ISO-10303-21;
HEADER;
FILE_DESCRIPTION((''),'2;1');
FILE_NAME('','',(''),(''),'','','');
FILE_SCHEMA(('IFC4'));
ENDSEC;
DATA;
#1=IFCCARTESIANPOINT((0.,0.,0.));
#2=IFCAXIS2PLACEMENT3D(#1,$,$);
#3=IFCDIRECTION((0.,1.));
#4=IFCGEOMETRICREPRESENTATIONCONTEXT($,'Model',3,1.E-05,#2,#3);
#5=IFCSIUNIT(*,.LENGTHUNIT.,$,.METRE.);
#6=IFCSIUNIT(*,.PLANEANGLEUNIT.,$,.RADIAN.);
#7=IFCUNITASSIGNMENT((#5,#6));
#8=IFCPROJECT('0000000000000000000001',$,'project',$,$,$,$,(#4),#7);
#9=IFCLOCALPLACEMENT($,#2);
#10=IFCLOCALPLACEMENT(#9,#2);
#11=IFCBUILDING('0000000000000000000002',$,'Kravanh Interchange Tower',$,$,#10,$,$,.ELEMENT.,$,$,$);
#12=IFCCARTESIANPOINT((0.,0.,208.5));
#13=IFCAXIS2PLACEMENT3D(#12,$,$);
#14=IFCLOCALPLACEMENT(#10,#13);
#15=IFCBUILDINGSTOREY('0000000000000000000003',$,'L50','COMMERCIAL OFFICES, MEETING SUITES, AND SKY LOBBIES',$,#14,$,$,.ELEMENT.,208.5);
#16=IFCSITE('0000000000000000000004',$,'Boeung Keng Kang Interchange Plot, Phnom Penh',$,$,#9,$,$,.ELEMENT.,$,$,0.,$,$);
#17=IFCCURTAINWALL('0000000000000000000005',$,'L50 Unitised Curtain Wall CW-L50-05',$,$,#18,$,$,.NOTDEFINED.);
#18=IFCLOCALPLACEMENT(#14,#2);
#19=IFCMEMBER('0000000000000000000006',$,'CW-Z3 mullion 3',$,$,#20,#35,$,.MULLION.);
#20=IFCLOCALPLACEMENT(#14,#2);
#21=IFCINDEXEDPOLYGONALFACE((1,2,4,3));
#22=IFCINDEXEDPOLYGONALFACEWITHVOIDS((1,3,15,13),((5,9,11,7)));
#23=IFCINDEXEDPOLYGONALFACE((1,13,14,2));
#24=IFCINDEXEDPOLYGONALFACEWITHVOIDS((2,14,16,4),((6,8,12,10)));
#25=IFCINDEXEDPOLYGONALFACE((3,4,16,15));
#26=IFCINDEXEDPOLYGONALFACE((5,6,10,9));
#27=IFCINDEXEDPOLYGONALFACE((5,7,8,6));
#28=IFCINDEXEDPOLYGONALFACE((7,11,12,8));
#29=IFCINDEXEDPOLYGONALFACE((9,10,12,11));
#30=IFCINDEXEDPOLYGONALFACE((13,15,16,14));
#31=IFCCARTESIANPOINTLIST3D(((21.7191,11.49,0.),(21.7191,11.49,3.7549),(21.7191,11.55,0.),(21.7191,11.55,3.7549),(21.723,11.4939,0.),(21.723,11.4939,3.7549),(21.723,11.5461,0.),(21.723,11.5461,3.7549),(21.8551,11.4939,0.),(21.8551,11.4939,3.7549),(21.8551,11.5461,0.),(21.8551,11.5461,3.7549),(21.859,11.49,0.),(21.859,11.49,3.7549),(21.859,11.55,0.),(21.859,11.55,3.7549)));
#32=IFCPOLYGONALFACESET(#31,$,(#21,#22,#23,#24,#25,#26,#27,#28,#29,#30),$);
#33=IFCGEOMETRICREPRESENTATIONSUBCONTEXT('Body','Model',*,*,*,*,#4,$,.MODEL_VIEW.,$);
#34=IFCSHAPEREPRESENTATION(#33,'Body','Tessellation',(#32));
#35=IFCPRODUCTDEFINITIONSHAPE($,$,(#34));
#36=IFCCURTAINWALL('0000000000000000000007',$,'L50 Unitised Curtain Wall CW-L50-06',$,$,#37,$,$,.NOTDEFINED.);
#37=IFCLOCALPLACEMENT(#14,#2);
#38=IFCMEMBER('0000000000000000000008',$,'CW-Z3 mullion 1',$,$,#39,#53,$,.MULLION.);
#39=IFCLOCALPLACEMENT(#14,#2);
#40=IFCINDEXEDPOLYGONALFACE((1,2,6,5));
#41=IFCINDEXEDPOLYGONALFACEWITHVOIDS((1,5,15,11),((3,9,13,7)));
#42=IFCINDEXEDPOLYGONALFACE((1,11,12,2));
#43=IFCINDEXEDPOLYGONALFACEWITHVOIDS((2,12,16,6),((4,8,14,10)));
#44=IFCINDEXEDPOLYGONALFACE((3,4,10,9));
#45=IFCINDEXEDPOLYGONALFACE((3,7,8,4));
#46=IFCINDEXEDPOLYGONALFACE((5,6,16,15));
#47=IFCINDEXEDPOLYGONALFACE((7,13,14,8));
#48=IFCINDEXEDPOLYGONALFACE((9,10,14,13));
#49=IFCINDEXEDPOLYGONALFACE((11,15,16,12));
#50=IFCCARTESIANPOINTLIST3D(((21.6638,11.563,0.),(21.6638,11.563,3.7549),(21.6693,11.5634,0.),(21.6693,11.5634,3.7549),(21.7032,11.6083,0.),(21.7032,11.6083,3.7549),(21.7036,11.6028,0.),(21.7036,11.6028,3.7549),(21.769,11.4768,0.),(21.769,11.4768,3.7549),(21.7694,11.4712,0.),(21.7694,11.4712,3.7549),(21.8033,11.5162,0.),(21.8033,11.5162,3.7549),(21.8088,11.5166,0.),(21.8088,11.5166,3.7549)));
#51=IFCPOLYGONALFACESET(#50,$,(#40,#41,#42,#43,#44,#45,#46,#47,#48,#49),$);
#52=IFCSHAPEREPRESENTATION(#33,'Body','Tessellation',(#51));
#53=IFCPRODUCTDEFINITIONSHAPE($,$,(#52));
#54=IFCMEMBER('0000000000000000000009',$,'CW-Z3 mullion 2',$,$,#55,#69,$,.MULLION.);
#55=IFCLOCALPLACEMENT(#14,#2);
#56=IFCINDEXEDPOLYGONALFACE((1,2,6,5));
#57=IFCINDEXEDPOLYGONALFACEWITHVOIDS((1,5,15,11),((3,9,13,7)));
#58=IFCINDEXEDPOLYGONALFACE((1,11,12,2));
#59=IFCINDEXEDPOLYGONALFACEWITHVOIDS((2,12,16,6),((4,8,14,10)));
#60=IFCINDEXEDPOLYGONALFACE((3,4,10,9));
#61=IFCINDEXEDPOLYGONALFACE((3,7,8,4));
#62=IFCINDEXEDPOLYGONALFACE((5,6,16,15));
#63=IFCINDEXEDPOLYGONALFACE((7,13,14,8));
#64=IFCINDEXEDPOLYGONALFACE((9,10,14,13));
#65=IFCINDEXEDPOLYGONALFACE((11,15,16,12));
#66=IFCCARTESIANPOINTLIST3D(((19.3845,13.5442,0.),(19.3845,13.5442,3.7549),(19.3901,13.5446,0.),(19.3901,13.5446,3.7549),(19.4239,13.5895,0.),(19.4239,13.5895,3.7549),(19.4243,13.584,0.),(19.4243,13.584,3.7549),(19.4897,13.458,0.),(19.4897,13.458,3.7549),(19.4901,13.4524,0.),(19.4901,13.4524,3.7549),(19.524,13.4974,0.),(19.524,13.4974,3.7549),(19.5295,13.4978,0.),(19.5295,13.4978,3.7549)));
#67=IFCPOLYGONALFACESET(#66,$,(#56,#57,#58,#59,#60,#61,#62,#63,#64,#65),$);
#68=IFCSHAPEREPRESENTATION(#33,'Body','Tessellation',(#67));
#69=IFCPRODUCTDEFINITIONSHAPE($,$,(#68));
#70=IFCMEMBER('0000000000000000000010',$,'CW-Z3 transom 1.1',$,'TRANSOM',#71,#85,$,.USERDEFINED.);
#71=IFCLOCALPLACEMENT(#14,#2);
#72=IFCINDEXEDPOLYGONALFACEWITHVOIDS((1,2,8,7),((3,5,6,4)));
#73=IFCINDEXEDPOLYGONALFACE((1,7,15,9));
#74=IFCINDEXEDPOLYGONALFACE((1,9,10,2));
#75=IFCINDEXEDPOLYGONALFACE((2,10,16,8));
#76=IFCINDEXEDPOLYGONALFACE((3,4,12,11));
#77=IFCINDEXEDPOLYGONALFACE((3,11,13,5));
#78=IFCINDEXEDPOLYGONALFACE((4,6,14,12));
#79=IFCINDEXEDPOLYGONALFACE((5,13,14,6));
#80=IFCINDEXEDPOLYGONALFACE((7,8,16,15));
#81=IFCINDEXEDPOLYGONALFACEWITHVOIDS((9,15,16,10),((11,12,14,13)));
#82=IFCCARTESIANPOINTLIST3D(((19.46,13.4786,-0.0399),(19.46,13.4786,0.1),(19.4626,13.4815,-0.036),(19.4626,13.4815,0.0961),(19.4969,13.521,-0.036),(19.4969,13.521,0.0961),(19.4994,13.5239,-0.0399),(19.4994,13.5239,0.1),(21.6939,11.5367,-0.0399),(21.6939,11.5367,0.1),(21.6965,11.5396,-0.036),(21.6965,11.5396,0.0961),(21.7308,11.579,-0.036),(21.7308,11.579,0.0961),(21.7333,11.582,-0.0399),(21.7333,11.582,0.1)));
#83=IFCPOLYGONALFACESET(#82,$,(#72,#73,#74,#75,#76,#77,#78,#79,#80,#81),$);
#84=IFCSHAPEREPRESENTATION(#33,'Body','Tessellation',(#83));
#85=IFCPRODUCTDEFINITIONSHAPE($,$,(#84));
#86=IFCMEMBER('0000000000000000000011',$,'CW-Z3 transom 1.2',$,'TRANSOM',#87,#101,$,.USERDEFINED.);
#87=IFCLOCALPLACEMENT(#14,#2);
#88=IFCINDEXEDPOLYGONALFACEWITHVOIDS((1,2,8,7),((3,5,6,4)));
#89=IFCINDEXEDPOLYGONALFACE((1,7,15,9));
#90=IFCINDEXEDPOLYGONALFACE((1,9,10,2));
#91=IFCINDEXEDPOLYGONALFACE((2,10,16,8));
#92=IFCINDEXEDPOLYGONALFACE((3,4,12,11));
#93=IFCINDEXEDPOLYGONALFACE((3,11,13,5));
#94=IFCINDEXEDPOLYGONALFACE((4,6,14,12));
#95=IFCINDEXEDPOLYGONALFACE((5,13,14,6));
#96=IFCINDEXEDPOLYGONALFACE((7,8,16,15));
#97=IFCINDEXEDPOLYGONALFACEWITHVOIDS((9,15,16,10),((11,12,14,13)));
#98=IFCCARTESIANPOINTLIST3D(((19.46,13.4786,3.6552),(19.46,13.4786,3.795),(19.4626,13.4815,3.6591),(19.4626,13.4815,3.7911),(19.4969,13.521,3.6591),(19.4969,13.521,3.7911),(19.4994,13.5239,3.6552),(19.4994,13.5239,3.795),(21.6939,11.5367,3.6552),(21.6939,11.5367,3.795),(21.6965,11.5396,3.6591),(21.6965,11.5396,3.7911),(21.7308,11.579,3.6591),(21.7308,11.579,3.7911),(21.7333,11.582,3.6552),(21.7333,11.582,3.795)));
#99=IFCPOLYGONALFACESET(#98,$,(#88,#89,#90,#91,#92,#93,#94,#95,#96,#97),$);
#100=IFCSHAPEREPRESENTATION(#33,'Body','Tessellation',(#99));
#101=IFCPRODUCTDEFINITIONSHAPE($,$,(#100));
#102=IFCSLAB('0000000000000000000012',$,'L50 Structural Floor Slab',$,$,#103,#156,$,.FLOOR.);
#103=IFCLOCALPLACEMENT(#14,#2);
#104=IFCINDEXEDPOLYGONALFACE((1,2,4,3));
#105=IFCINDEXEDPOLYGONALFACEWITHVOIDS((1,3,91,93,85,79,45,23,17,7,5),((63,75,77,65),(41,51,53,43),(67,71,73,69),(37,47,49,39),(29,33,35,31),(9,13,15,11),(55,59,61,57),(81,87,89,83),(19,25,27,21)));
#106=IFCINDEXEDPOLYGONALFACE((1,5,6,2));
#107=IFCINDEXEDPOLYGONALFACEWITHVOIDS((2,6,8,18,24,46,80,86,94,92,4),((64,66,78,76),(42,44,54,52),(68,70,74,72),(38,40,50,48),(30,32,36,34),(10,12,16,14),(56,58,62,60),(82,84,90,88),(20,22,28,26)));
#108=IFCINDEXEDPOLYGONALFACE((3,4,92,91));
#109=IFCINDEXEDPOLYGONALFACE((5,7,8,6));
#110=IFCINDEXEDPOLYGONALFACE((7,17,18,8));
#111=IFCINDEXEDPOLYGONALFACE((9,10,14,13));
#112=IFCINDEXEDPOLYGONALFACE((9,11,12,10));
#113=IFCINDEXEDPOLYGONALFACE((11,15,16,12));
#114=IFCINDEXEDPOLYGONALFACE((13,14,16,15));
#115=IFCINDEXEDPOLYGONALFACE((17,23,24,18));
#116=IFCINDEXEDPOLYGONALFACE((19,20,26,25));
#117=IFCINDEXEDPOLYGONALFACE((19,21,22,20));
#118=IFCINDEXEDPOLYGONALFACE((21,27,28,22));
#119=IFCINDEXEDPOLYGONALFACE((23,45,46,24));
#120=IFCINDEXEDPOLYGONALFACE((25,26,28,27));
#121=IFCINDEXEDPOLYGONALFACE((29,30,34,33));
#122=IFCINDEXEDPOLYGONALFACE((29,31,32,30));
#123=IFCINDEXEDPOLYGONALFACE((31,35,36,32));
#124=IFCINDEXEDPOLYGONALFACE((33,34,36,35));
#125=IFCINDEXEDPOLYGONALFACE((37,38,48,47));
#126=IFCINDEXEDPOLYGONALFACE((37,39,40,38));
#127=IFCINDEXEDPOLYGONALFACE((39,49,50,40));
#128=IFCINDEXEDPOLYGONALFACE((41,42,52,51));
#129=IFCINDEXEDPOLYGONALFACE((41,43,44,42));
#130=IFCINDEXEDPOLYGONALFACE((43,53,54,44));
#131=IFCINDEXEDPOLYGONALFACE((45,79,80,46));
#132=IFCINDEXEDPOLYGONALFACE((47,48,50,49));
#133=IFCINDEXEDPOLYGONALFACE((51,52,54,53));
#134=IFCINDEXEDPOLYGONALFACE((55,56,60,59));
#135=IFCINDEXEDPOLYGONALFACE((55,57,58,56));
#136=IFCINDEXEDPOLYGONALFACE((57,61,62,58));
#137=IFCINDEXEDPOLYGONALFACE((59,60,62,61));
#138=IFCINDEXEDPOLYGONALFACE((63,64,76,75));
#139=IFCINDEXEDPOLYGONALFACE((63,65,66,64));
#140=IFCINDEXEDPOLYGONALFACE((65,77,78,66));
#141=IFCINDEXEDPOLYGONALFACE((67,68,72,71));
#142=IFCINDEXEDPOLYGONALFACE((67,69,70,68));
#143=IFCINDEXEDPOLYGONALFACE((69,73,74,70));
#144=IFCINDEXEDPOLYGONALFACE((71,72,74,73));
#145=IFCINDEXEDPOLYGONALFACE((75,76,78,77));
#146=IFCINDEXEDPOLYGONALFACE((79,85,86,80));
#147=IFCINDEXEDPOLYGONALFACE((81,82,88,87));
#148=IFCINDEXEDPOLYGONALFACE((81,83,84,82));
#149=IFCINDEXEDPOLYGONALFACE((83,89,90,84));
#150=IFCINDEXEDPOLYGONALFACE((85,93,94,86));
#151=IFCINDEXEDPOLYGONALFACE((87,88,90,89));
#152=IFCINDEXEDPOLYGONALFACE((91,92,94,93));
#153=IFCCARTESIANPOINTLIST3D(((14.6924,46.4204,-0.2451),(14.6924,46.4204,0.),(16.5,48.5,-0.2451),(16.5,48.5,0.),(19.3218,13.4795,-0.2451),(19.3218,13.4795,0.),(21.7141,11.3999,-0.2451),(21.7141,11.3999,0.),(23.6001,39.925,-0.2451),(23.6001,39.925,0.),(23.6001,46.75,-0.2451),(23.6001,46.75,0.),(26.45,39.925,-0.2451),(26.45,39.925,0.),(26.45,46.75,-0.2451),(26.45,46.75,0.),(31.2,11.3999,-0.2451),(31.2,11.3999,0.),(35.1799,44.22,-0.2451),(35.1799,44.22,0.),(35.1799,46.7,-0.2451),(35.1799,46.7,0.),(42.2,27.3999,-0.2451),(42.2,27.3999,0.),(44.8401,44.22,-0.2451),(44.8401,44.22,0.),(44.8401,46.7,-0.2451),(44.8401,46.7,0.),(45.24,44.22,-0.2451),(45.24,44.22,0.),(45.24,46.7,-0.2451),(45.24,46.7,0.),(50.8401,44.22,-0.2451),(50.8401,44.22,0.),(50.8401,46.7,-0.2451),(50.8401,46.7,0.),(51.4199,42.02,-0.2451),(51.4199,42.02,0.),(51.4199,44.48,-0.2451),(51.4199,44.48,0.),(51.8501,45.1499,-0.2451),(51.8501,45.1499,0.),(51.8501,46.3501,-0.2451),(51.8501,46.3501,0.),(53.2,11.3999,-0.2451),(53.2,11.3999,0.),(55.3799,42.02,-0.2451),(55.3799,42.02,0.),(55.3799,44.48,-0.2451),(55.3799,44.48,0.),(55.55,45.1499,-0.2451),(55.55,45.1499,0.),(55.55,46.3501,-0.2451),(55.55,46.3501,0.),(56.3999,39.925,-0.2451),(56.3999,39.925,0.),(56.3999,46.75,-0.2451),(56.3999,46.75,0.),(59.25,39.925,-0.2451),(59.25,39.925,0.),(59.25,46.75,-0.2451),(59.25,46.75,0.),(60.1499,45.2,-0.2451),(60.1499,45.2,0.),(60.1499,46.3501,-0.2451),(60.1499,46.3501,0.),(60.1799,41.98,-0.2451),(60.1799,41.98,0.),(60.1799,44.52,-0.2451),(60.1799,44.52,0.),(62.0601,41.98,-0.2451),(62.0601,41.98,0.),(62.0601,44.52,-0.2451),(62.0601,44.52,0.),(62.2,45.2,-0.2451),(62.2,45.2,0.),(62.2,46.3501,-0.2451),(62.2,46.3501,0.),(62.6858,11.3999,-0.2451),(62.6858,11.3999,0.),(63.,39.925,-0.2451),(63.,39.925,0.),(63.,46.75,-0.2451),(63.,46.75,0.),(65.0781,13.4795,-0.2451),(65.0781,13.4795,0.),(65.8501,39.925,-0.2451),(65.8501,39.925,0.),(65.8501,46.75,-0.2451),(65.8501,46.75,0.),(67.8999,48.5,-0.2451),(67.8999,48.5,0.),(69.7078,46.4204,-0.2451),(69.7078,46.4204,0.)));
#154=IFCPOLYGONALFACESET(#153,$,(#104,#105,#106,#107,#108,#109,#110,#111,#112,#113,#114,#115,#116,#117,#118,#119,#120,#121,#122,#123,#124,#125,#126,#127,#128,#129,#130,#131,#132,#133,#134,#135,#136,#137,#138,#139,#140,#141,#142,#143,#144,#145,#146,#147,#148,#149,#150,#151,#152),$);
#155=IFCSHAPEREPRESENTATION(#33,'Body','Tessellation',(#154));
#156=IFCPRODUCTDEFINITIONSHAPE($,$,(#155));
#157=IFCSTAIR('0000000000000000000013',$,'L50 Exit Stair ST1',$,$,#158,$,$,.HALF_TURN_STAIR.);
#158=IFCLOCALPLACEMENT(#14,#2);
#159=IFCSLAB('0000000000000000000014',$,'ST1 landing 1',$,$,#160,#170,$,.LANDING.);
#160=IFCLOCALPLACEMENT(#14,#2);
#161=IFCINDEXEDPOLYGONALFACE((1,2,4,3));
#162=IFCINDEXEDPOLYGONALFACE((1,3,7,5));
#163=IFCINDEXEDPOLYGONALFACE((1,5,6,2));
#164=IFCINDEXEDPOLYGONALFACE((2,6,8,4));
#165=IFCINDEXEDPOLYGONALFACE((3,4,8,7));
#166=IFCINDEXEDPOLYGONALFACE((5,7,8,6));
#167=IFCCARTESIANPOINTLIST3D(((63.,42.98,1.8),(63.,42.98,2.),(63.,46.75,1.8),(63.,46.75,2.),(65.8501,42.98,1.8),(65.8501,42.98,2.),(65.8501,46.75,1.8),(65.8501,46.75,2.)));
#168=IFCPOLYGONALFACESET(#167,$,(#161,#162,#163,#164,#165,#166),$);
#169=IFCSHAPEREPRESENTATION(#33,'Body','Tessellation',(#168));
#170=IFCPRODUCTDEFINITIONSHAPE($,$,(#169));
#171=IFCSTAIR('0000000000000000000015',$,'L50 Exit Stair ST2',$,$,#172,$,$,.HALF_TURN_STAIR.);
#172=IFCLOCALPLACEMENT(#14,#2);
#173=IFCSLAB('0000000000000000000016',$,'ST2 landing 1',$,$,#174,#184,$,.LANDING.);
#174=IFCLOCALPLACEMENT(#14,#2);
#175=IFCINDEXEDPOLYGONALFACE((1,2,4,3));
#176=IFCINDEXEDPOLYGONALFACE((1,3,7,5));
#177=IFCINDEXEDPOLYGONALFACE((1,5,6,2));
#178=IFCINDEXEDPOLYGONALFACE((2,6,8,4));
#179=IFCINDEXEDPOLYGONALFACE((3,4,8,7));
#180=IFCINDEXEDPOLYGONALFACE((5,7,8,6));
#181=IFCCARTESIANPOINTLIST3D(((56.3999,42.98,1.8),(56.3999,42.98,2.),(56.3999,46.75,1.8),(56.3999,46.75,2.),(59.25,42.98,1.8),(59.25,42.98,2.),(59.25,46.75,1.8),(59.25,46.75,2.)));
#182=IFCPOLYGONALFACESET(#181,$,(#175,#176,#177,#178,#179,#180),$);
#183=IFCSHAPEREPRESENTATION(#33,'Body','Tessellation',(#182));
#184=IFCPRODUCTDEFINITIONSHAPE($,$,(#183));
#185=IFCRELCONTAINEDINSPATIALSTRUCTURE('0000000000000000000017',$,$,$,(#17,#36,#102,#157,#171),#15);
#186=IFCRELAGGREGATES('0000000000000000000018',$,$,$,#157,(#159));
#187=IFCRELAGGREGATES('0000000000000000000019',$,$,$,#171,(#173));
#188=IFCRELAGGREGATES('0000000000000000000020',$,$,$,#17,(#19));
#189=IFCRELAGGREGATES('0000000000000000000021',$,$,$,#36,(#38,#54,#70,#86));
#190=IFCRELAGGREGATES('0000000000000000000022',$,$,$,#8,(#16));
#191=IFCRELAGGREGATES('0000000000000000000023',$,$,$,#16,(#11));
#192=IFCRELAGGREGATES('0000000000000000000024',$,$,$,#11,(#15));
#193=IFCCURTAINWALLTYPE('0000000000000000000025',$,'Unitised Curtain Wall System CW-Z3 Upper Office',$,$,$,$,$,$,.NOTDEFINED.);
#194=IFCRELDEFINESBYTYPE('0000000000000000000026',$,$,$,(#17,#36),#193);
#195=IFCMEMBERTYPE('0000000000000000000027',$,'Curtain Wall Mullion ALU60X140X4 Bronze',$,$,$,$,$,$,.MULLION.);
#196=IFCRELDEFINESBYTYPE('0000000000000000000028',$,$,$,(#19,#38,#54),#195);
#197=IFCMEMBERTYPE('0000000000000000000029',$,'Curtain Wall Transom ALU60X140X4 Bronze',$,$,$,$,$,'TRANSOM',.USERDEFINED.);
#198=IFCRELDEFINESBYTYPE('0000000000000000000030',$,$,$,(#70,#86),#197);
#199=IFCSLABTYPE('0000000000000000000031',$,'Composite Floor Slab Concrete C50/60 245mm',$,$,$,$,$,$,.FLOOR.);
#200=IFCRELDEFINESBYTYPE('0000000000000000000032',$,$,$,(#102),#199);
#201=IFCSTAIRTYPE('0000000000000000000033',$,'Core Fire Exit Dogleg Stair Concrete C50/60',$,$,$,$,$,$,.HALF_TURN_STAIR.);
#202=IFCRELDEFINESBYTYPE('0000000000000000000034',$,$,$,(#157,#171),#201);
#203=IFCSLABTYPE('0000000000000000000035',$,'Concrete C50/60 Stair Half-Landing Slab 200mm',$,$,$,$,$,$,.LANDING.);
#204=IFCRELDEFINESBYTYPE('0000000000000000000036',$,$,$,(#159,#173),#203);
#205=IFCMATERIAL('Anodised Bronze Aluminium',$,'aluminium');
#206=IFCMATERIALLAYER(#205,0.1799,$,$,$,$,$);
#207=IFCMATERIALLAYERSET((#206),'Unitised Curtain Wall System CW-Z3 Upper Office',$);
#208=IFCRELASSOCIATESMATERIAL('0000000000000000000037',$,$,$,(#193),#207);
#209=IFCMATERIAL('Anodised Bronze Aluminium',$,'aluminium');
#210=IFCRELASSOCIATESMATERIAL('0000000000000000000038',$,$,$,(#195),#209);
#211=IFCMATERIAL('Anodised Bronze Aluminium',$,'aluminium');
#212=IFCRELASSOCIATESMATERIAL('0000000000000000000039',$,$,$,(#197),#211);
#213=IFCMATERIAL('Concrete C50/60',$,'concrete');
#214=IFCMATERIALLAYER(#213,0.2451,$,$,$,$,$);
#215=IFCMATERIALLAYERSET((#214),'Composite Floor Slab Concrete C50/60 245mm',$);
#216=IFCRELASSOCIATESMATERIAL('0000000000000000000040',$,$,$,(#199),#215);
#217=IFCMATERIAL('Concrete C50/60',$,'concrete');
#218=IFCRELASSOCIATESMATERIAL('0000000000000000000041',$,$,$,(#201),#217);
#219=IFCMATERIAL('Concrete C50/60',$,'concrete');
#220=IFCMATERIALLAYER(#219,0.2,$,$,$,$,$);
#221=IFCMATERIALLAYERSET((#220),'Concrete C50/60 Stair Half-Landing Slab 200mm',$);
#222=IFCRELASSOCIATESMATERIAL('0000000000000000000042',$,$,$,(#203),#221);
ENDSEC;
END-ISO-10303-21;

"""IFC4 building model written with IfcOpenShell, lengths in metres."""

from ifc_helpers import new_model, si_unit, direction, frame, origin, origin_2d, place, context, subcontext, project, spatial, polyline, hollow_rectangle, outline, extrude, material, layer, layer_set, material_profile, profile_set, type_object, element, aggregate, save


model = new_model("IFC4")

# Units and contexts
model_context = context("Model", 3, precision=1e-05, world=origin(), true_north=direction((0.0, 1.0)))
body_context = subcontext(model_context, "Body", "Model", "MODEL_VIEW")
ifc_project = project(units=[si_unit("LENGTHUNIT", "METRE"), si_unit("PLANEANGLEUNIT", "RADIAN")], contexts=[model_context])

# Site, building, storey
site_placement = place(None, origin())
site = spatial("IfcSite", under=ifc_project, at=site_placement, Name="Boeung Keng Kang Interchange Plot, Phnom Penh", CompositionType="ELEMENT", RefElevation=0.0)
building_placement = place(site_placement, origin())
building = spatial("IfcBuilding", under=site, at=building_placement, Name="Kravanh Interchange Tower", CompositionType="ELEMENT")
storey_placement = place(building_placement, frame((0.0, 0.0, 208.5)))
storey = spatial("IfcBuildingStorey", under=building, at=storey_placement, Name="L50", Description="COMMERCIAL OFFICES, MEETING SUITES, AND SKY LOBBIES", CompositionType="ELEMENT", Elevation=208.5)

# Curtain wall, member
ifc_material_1 = material(Name="Anodised Bronze Aluminium", Category="aluminium")
ifc_layer_1 = layer(ifc_material_1, 0.1799)
ifc_layer_set_1 = layer_set([ifc_layer_1], Name="Unitised Curtain Wall System CW-Z3 Upper Office")
curtain_wall_type = type_object("IfcCurtainWallType", Name="Unitised Curtain Wall System CW-Z3 Upper Office", PredefinedType="NOTDEFINED", material=ifc_layer_set_1)
curtain_wall_1_placement = place(storey_placement, origin())
curtain_wall_1 = element("IfcCurtainWall", 1, at=curtain_wall_1_placement, inside=storey, type_object=curtain_wall_type, Name="L50 Unitised Curtain Wall CW-L50-05", PredefinedType="NOTDEFINED")
ifc_material_2 = material(Name="Anodised Bronze Aluminium", Category="aluminium")
ifc_material_profile_1 = material_profile(ifc_material_2, hollow_rectangle(XDim=0.0601, YDim=0.1399, WallThickness=0.0039, at=origin_2d()), Name="ALU60X140X4")
ifc_profile_set_1 = profile_set([ifc_material_profile_1], Name="Anodised Bronze Aluminium")
member_type_1 = type_object("IfcMemberType", Name="Curtain Wall Mullion ALU60X140X4 Bronze", PredefinedType="MULLION", material=ifc_profile_set_1)
member_1_placement = place(storey_placement, frame((21.7891, 11.52, 0.0), z_axis=(0.0, 0.0, 1.0), x_axis=(0.0, -1.0, 0.0)))
member_1 = element("IfcMember", 2, at=member_1_placement, type_object=member_type_1, Name="CW-Z3 mullion 3", PredefinedType="MULLION", context=body_context, shape_type="SweptSolid", body=[
    extrude(hollow_rectangle(XDim=0.0601, YDim=0.1399, WallThickness=0.0039, at=origin_2d()), origin(), (0.0, 0.0, 1.0), 3.7549),
])

# Curtain wall, members
curtain_wall_2_placement = place(storey_placement, origin())
curtain_wall_2 = element("IfcCurtainWall", 3, at=curtain_wall_2_placement, inside=storey, type_object=curtain_wall_type, Name="L50 Unitised Curtain Wall CW-L50-06", PredefinedType="NOTDEFINED")
member_2_placement = place(storey_placement, frame((21.7363, 11.5398, 0.0), z_axis=(0.0, 0.0, 1.0), x_axis=(-0.656051, -0.754717, 0.0)))
member_2 = element("IfcMember", 4, at=member_2_placement, type_object=member_type_1, Name="CW-Z3 mullion 1", PredefinedType="MULLION", context=body_context, shape_type="SweptSolid", body=[
    extrude(hollow_rectangle(XDim=0.0601, YDim=0.1399, WallThickness=0.0039, at=origin_2d()), origin(), (0.0, 0.0, 1.0), 3.7549),
])
member_3_placement = place(storey_placement, frame((19.457, 13.521, 0.0), z_axis=(0.0, 0.0, 1.0), x_axis=(-0.656051, -0.754717, 0.0)))
member_3 = element("IfcMember", 5, at=member_3_placement, type_object=member_type_1, Name="CW-Z3 mullion 2", PredefinedType="MULLION", context=body_context, shape_type="SweptSolid", body=[
    extrude(hollow_rectangle(XDim=0.0601, YDim=0.1399, WallThickness=0.0039, at=origin_2d()), origin(), (0.0, 0.0, 1.0), 3.7549),
])
ifc_material_3 = material(Name="Anodised Bronze Aluminium", Category="aluminium")
ifc_material_profile_2 = material_profile(ifc_material_3, hollow_rectangle(XDim=0.0601, YDim=0.1399, WallThickness=0.0039, at=origin_2d()), Name="ALU60X140X4")
ifc_profile_set_2 = profile_set([ifc_material_profile_2], Name="Anodised Bronze Aluminium")
member_type_2 = type_object("IfcMemberType", Name="Curtain Wall Transom ALU60X140X4 Bronze", ElementType="TRANSOM", PredefinedType="USERDEFINED", material=ifc_profile_set_2)
member_4_placement = place(storey_placement, frame((21.7136, 11.5593, 0.03), z_axis=(-0.754709, 0.65606, 0.0), x_axis=(-0.65606, -0.754709, 0.0)))
member_4 = element("IfcMember", 6, at=member_4_placement, type_object=member_type_2, Name="CW-Z3 transom 1.1", ObjectType="TRANSOM", PredefinedType="USERDEFINED", context=body_context, shape_type="SweptSolid", body=[
    extrude(hollow_rectangle(XDim=0.0601, YDim=0.1399, WallThickness=0.0039, at=origin_2d()), origin(), (0.0, 0.0, 1.0), 2.96),
])
member_5_placement = place(storey_placement, frame((21.7136, 11.5593, 3.7251), z_axis=(-0.754709, 0.65606, 0.0), x_axis=(-0.65606, -0.754709, 0.0)))
member_5 = element("IfcMember", 7, at=member_5_placement, type_object=member_type_2, Name="CW-Z3 transom 1.2", ObjectType="TRANSOM", PredefinedType="USERDEFINED", context=body_context, shape_type="SweptSolid", body=[
    extrude(hollow_rectangle(XDim=0.0601, YDim=0.1399, WallThickness=0.0039, at=origin_2d()), origin(), (0.0, 0.0, 1.0), 2.96),
])

# Slab
ifc_material_4 = material(Name="Concrete C50/60", Category="concrete")
ifc_layer_2 = layer(ifc_material_4, 0.2451)
ifc_layer_set_2 = layer_set([ifc_layer_2], Name="Composite Floor Slab Concrete C50/60 245mm")
slab_type_1 = type_object("IfcSlabType", Name="Composite Floor Slab Concrete C50/60 245mm", PredefinedType="FLOOR", material=ifc_layer_set_2)
slab_1_placement = place(storey_placement, frame((0.0, 0.0, -0.2451)))
element("IfcSlab", 8, at=slab_1_placement, inside=storey, type_object=slab_type_1, Name="L50 Structural Floor Slab", PredefinedType="FLOOR", context=body_context, shape_type="SweptSolid", body=[
    extrude(outline(polyline([(19.3218, 13.4795), (21.7141, 11.3999), (31.2, 11.3999), (42.2, 27.3999), (53.2, 11.3999), (62.6858, 11.3999), (65.0781, 13.4795), (69.7078, 46.4204), (67.8999, 48.5), (16.5, 48.5), (14.6924, 46.4204), (19.3218, 13.4795)]), holes=[polyline([(65.8501, 39.925), (65.8501, 46.75), (63.0, 46.75), (63.0, 39.925), (65.8501, 39.925)]), polyline([(59.25, 39.925), (59.25, 46.75), (56.3999, 46.75), (56.3999, 39.925), (59.25, 39.925)]), polyline([(26.45, 39.925), (26.45, 46.75), (23.6001, 46.75), (23.6001, 39.925), (26.45, 39.925)]), polyline([(35.1799, 44.22), (44.8401, 44.22), (44.8401, 46.7), (35.1799, 46.7), (35.1799, 44.22)]), polyline([(45.24, 44.22), (50.8401, 44.22), (50.8401, 46.7), (45.24, 46.7), (45.24, 44.22)]), polyline([(51.4199, 42.02), (55.3799, 42.02), (55.3799, 44.48), (51.4199, 44.48), (51.4199, 42.02)]), polyline([(60.1799, 41.98), (62.0601, 41.98), (62.0601, 44.52), (60.1799, 44.52), (60.1799, 41.98)]), polyline([(60.1499, 45.2), (62.2, 45.2), (62.2, 46.3501), (60.1499, 46.3501), (60.1499, 45.2)]), polyline([(51.8501, 45.1499), (55.55, 45.1499), (55.55, 46.3501), (51.8501, 46.3501), (51.8501, 45.1499)])]), origin(), (0.0, 0.0, 1.0), 0.2451),
])

# Stairs, slabs
ifc_material_5 = material(Name="Concrete C50/60", Category="concrete")
stair_type = type_object("IfcStairType", Name="Core Fire Exit Dogleg Stair Concrete C50/60", PredefinedType="HALF_TURN_STAIR", material=ifc_material_5)
stair_1_placement = place(storey_placement, origin())
stair_1 = element("IfcStair", 9, at=stair_1_placement, inside=storey, type_object=stair_type, Name="L50 Exit Stair ST1", PredefinedType="HALF_TURN_STAIR")
ifc_material_6 = material(Name="Concrete C50/60", Category="concrete")
ifc_layer_3 = layer(ifc_material_6, 0.2)
ifc_layer_set_3 = layer_set([ifc_layer_3], Name="Concrete C50/60 Stair Half-Landing Slab 200mm")
slab_type_2 = type_object("IfcSlabType", Name="Concrete C50/60 Stair Half-Landing Slab 200mm", PredefinedType="LANDING", material=ifc_layer_set_3)
slab_2_placement = place(storey_placement, frame((0.0, 0.0, 1.8)))
slab_2 = element("IfcSlab", 10, at=slab_2_placement, type_object=slab_type_2, Name="ST1 landing 1", PredefinedType="LANDING", context=body_context, shape_type="SweptSolid", body=[
    extrude(outline(polyline([(65.8501, 42.98), (65.8501, 46.75), (63.0, 46.75), (63.0, 42.98), (65.8501, 42.98)])), origin(), (0.0, 0.0, 1.0), 0.2),
])
aggregate(stair_1, [slab_2])
stair_2_placement = place(storey_placement, origin())
stair_2 = element("IfcStair", 11, at=stair_2_placement, inside=storey, type_object=stair_type, Name="L50 Exit Stair ST2", PredefinedType="HALF_TURN_STAIR")
slab_3_placement = place(storey_placement, frame((0.0, 0.0, 1.8)))
slab_3 = element("IfcSlab", 12, at=slab_3_placement, type_object=slab_type_2, Name="ST2 landing 1", PredefinedType="LANDING", context=body_context, shape_type="SweptSolid", body=[
    extrude(outline(polyline([(59.25, 42.98), (59.25, 46.75), (56.3999, 46.75), (56.3999, 42.98), (59.25, 42.98)])), origin(), (0.0, 0.0, 1.0), 0.2),
])
aggregate(stair_2, [slab_3])

aggregate(curtain_wall_1, [member_1])
aggregate(curtain_wall_2, [member_2, member_3, member_4, member_5])

save(model, "model.ifc")
